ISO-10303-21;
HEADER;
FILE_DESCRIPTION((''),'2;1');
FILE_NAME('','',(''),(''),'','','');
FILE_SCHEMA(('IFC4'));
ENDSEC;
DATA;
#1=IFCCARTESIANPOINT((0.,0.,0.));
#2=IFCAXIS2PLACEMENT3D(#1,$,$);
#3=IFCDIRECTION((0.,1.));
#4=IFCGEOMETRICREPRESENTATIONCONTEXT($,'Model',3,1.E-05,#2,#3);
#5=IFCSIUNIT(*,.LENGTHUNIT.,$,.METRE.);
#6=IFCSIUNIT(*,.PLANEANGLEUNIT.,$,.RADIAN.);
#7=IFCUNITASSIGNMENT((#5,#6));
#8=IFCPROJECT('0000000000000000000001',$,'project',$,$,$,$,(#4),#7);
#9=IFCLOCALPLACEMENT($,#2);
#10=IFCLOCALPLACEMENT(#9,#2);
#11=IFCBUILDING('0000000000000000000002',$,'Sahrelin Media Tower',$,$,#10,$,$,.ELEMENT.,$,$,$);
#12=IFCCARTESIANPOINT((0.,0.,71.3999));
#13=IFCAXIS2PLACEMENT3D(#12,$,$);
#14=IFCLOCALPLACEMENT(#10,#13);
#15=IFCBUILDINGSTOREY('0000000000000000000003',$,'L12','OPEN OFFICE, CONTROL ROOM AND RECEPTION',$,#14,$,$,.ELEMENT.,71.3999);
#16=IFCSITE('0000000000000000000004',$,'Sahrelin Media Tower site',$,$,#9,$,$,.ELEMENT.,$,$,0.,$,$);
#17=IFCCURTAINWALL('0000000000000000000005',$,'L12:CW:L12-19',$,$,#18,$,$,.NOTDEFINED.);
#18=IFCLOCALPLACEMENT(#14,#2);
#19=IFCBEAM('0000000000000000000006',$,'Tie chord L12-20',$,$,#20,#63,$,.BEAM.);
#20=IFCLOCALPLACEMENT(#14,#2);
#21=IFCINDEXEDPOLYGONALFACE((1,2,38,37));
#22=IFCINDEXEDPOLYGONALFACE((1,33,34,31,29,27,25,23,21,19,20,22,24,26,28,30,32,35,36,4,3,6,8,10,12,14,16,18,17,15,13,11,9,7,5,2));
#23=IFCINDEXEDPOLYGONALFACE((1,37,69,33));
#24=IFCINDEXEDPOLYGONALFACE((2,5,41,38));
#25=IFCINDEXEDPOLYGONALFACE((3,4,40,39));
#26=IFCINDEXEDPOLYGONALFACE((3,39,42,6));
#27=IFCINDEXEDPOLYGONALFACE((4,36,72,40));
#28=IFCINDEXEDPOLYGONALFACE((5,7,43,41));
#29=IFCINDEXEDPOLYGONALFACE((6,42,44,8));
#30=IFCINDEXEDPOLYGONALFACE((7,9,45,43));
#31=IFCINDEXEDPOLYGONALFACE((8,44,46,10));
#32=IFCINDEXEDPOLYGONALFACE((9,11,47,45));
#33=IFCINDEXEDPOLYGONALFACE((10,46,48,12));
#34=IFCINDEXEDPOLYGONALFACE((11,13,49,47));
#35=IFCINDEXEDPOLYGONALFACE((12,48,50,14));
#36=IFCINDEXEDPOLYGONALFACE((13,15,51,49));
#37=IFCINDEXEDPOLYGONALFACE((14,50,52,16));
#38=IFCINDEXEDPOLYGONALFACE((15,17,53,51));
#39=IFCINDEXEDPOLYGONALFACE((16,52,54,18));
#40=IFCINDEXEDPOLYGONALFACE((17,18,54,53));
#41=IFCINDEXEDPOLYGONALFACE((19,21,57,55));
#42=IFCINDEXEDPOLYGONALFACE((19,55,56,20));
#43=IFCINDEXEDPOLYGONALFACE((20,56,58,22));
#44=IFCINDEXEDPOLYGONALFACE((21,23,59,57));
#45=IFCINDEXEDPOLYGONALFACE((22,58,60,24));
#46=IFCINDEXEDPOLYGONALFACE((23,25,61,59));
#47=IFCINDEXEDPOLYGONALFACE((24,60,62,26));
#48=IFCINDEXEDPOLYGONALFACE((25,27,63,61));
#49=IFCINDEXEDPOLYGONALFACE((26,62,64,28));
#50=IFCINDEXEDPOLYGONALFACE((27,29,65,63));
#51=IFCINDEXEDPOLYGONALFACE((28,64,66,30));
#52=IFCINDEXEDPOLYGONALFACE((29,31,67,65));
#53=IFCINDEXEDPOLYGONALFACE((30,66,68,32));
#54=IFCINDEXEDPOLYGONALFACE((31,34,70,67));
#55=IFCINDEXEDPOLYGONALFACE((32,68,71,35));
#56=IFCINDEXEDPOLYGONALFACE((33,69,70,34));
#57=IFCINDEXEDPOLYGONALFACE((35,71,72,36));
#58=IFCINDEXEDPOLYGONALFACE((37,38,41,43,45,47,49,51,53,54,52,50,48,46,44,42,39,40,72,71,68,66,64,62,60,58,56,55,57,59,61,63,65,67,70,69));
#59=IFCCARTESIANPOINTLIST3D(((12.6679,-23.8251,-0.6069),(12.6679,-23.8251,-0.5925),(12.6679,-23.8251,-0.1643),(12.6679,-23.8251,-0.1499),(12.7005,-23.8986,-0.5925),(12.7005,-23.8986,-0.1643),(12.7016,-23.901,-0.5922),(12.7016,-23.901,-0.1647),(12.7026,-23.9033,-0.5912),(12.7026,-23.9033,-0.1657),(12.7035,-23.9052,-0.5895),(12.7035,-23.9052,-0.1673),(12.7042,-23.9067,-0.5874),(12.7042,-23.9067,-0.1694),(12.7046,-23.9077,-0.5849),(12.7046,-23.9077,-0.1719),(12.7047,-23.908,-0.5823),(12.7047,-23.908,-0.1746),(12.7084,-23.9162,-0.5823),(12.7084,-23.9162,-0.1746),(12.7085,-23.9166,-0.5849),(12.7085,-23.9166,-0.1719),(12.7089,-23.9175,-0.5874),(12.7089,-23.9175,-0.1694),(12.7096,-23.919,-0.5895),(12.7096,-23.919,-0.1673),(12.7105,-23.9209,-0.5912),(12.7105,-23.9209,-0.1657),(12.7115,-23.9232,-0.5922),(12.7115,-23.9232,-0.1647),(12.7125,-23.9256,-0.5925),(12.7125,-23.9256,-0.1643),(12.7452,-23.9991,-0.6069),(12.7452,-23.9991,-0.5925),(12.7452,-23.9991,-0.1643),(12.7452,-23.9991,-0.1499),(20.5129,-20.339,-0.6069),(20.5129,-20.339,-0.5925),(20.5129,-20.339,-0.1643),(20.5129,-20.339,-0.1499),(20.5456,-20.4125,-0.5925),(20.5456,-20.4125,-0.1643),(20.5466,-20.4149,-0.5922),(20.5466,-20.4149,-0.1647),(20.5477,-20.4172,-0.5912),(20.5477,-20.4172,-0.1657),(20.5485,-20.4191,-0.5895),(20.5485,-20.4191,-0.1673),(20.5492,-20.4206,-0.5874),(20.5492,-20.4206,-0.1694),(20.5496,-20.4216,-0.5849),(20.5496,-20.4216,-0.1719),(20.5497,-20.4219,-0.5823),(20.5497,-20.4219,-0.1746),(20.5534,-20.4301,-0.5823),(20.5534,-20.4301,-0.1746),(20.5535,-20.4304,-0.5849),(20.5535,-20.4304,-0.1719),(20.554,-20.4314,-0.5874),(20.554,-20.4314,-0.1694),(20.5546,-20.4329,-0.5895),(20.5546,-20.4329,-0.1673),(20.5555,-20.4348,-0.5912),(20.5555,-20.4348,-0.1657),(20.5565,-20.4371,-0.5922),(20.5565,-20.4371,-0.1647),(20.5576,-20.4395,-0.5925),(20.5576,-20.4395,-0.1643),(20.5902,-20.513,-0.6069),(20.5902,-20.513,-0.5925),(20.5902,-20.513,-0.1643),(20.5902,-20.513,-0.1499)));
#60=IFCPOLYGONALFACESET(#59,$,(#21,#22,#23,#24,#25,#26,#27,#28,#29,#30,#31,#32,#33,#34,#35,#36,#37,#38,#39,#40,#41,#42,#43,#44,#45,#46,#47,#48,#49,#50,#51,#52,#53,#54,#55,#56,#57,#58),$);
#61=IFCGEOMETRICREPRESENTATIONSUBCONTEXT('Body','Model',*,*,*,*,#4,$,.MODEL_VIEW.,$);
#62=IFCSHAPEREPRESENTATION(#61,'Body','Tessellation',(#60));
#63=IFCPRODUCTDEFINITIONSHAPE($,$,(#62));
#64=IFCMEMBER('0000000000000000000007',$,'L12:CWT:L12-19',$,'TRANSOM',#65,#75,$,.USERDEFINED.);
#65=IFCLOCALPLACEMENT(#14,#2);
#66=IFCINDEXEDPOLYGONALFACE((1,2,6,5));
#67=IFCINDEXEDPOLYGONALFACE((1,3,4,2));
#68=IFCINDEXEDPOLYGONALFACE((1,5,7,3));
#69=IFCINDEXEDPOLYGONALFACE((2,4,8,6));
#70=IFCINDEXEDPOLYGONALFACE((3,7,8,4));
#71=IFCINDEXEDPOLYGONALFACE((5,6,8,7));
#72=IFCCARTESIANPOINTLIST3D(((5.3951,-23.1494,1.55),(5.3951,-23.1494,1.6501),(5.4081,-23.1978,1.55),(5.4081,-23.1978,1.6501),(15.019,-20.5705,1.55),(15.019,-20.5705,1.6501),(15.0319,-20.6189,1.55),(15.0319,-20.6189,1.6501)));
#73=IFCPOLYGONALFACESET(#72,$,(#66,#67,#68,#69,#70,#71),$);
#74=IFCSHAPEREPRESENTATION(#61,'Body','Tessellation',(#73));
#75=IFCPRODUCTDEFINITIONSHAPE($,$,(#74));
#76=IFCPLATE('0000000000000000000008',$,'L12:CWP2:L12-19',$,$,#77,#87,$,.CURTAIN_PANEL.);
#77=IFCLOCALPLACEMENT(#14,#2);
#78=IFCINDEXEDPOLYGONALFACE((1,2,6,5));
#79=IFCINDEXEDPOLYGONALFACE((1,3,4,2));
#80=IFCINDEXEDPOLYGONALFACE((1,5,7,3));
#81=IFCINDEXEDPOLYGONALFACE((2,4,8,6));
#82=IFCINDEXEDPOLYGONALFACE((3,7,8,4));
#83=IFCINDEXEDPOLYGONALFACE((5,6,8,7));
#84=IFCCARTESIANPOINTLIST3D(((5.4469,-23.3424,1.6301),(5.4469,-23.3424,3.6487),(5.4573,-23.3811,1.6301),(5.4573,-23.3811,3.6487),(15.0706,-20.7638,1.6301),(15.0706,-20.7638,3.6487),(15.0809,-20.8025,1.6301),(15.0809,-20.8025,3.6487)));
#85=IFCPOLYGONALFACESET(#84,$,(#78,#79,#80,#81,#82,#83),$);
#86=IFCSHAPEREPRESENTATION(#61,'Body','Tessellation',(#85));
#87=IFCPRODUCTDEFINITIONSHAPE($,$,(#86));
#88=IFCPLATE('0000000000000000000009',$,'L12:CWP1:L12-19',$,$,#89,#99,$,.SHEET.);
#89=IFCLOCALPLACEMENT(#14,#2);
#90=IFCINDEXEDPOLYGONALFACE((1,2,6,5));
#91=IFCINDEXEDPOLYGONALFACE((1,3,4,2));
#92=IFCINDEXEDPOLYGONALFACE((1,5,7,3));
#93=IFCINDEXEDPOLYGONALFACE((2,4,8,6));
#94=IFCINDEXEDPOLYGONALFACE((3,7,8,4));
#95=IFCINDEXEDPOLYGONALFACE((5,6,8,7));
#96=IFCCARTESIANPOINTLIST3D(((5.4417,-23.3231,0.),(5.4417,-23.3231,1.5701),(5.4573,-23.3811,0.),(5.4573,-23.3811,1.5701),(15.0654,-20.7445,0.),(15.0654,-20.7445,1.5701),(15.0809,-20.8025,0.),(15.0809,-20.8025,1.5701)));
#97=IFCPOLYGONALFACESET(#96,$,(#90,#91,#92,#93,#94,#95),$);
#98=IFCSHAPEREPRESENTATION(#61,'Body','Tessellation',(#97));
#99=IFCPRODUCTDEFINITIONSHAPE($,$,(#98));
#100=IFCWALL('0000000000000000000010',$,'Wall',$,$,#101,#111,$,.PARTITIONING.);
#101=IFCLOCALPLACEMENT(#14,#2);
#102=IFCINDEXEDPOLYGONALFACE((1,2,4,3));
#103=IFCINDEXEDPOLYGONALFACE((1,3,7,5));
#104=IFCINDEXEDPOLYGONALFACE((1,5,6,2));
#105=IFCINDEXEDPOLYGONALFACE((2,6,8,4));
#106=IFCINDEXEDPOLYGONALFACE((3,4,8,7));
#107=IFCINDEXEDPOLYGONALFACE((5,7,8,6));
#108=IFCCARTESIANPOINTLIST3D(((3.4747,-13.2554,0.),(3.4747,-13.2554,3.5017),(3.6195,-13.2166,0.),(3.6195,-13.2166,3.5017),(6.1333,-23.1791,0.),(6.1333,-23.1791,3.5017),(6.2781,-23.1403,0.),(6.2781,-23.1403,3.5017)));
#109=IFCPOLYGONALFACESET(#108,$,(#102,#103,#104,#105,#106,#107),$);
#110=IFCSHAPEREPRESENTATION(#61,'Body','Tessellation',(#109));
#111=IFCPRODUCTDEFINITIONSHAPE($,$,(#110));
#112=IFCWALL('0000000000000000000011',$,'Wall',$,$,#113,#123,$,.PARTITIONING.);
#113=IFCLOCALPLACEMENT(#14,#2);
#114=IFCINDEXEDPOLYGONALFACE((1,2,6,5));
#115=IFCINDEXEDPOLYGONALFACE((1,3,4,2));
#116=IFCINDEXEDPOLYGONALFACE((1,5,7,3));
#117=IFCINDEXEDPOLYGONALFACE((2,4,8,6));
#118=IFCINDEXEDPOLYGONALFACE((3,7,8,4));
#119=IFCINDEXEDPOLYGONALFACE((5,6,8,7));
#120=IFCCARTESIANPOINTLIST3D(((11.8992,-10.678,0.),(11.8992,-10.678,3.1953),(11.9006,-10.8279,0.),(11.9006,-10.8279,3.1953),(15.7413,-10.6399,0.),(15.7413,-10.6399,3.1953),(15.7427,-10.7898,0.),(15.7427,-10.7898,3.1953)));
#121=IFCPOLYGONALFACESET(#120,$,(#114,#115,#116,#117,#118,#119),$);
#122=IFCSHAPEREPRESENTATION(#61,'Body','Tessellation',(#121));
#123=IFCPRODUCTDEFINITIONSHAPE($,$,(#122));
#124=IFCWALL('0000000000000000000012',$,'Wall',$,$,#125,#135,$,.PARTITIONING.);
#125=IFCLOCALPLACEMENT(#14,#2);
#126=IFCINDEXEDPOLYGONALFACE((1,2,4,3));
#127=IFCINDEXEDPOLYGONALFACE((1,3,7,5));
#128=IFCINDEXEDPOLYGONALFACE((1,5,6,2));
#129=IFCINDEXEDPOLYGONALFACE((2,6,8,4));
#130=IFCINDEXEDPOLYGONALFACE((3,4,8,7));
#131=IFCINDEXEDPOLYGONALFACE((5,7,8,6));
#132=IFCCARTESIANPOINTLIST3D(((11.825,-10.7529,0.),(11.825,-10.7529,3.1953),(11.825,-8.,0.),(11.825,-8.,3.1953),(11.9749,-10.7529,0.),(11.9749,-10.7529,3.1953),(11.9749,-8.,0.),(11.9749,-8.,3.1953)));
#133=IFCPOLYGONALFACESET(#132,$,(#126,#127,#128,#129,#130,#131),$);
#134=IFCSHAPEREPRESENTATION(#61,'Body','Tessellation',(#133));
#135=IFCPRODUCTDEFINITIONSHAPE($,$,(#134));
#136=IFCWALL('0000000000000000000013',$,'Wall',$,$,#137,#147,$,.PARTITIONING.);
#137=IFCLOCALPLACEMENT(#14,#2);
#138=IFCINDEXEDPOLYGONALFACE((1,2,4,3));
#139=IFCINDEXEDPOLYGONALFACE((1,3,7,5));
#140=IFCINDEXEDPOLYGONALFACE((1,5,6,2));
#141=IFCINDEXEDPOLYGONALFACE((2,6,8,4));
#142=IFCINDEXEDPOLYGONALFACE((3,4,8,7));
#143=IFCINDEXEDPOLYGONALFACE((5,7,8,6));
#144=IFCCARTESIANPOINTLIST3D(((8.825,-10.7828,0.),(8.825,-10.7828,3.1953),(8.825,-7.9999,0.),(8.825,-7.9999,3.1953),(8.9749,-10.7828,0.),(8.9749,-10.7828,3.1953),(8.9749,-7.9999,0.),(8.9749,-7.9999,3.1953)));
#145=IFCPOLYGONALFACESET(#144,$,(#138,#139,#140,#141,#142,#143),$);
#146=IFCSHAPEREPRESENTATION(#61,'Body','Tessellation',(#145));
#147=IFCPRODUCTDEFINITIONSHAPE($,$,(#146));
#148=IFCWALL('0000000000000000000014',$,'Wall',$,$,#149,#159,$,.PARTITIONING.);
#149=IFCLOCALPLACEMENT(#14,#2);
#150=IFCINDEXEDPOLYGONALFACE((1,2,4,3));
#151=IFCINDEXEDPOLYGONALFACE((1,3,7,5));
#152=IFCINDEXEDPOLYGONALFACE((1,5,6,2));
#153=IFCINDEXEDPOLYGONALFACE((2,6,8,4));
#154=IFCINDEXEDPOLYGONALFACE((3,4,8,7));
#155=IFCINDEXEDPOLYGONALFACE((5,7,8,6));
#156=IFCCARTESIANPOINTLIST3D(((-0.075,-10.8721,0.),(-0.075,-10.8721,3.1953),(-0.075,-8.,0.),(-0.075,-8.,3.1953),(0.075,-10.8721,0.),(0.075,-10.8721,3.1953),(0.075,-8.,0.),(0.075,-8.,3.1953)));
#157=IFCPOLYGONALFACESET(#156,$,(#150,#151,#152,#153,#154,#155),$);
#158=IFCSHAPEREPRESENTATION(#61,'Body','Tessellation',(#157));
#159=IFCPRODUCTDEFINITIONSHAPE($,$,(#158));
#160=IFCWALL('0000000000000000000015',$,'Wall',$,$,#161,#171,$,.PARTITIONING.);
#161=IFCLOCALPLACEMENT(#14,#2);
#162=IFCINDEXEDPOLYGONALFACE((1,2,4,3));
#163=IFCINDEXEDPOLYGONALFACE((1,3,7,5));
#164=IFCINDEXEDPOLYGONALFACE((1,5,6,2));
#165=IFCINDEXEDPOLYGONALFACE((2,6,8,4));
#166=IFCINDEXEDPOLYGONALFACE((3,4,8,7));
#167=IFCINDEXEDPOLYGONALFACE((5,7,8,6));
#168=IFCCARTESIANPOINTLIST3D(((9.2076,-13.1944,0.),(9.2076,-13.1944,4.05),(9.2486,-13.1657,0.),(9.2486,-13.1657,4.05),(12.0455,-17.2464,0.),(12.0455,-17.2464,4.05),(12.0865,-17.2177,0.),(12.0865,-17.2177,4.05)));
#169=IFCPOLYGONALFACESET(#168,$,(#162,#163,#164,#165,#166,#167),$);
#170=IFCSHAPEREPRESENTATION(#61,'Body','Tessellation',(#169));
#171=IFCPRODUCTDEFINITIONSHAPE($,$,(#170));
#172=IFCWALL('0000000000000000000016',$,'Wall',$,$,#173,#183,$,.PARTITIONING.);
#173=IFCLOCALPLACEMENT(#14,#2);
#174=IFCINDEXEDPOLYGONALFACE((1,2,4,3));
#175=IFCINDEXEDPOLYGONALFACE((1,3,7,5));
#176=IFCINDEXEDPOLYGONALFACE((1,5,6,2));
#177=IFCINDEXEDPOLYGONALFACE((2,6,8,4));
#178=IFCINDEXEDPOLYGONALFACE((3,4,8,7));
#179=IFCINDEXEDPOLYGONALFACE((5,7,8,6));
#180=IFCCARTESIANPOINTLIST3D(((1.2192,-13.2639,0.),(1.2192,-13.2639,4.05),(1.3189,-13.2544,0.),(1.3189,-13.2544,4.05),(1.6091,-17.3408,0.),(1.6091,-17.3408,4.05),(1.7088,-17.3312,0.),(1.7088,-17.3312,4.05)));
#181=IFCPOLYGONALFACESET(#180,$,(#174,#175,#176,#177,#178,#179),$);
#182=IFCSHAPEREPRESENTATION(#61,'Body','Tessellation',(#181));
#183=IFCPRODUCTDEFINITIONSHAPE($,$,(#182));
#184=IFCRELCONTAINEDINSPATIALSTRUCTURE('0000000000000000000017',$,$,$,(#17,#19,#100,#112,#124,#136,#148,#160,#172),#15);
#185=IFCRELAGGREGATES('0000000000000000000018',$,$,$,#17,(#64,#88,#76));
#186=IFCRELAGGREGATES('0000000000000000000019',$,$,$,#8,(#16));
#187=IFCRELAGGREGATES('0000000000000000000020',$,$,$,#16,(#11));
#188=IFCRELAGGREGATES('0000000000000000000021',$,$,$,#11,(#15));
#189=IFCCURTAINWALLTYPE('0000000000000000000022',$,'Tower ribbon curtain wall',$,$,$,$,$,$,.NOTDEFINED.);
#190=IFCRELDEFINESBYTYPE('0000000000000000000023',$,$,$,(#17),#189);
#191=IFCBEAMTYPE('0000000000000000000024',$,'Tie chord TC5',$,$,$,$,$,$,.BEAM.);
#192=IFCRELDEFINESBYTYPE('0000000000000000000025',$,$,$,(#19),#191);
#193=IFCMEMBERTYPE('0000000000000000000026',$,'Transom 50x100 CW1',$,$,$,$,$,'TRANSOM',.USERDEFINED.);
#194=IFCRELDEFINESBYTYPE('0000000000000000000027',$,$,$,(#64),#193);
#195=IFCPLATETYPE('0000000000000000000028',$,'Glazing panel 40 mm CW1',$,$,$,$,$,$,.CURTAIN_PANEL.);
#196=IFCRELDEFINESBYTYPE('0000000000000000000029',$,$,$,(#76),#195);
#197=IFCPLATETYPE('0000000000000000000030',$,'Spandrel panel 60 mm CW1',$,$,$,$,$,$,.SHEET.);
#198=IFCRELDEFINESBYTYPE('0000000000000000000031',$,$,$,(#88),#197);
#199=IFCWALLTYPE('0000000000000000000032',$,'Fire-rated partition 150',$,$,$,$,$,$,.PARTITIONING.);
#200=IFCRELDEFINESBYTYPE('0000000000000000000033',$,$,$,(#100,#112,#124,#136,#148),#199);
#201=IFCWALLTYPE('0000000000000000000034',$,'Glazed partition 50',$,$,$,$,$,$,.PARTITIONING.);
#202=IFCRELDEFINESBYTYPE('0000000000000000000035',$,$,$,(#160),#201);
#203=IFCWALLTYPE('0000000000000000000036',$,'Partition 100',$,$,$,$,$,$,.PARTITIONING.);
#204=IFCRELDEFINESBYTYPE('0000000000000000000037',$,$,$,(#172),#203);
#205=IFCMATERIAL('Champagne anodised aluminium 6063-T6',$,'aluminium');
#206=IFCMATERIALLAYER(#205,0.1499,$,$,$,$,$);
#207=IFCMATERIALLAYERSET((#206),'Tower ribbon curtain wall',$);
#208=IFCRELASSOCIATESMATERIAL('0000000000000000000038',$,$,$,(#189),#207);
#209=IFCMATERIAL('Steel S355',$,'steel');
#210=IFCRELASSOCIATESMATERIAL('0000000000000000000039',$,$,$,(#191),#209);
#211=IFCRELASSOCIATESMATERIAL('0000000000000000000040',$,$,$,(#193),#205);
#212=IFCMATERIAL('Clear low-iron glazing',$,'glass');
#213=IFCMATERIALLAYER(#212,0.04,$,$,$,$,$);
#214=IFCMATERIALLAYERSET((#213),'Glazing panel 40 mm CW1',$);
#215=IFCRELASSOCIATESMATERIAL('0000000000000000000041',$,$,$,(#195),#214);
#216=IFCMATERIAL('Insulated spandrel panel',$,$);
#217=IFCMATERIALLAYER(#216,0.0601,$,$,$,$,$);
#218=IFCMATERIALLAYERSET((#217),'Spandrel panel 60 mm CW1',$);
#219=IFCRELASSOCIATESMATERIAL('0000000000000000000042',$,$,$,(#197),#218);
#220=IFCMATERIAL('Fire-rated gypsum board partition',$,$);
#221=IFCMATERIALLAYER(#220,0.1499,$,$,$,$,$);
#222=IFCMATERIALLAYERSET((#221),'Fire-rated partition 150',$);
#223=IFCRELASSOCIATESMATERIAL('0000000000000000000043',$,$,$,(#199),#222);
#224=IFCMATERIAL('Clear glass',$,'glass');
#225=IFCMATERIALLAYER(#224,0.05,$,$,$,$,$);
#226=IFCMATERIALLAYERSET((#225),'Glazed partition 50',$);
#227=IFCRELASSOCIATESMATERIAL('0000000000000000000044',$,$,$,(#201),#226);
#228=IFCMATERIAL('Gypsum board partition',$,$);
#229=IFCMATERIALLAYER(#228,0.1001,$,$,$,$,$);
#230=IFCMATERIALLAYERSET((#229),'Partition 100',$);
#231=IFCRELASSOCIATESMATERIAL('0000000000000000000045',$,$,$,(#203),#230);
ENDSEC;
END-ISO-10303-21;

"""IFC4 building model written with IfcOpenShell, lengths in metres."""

from ifc_helpers import new_model, si_unit, direction, frame, frame_2d, origin, origin_2d, place, context, subcontext, project, spatial, polyline, rectangle, i_section, outline, extrude, material, layer, layer_set, material_profile, profile_set, type_object, element, aggregate, save


model = new_model("IFC4")

# Units and contexts
model_context = context("Model", 3, precision=1e-05, world=origin(), true_north=direction((0.0, 1.0)))
body_context = subcontext(model_context, "Body", "Model", "MODEL_VIEW")
ifc_project = project(units=[si_unit("LENGTHUNIT", "METRE"), si_unit("PLANEANGLEUNIT", "RADIAN")], contexts=[model_context])

# Site, building, storey
site_placement = place(None, origin())
site = spatial("IfcSite", under=ifc_project, at=site_placement, Name="Sahrelin Media Tower site", CompositionType="ELEMENT", RefElevation=0.0)
building_placement = place(site_placement, origin())
building = spatial("IfcBuilding", under=site, at=building_placement, Name="Sahrelin Media Tower", CompositionType="ELEMENT")
storey_placement = place(building_placement, frame((0.0, 0.0, 71.3999)))
storey = spatial("IfcBuildingStorey", under=building, at=storey_placement, Name="L12", Description="OPEN OFFICE, CONTROL ROOM AND RECEPTION", CompositionType="ELEMENT", Elevation=71.3999)

# Shared definitions
ifc_material_1 = material(Name="Steel S355", Category="steel")

# Curtain wall
ifc_material_2 = material(Name="Champagne anodised aluminium 6063-T6", Category="aluminium")
ifc_layer_1 = layer(ifc_material_2, 0.1499)
ifc_layer_set_1 = layer_set([ifc_layer_1], Name="Tower ribbon curtain wall")
curtain_wall_type = type_object("IfcCurtainWallType", Name="Tower ribbon curtain wall", PredefinedType="NOTDEFINED", material=ifc_layer_set_1)
curtain_wall_1_placement = place(storey_placement, frame((10.2639, -22.0725, 0.0), z_axis=(0.0, 0.0, 1.0), x_axis=(1.0, 0.0, 0.0)))
curtain_wall_1 = element("IfcCurtainWall", 1, at=curtain_wall_1_placement, inside=storey, type_object=curtain_wall_type, Name="L12:CW:L12-19", PredefinedType="NOTDEFINED")

# Beam
ifc_material_profile_1 = material_profile(ifc_material_1, i_section(OverallWidth=0.1904, OverallDepth=0.457, WebThickness=0.009, FlangeThickness=0.0144, FilletRadius=0.0103, at=origin_2d()), Name="UB 457x191x74")
ifc_profile_set_1 = profile_set([ifc_material_profile_1], Name="Steel S355")
beam_type_1 = type_object("IfcBeamType", Name="Tie chord TC5", PredefinedType="BEAM", material=ifc_profile_set_1)
beam_1_placement = place(storey_placement, frame((12.7065, -23.9121, -0.3784), z_axis=(0.913836, 0.406083, 0.0), x_axis=(-0.406083, 0.913836, 0.0)))
element("IfcBeam", 2, at=beam_1_placement, inside=storey, type_object=beam_type_1, Name="Tie chord L12-20", PredefinedType="BEAM", context=body_context, shape_type="SweptSolid", body=[
    extrude(i_section(OverallWidth=0.1904, OverallDepth=0.457, WebThickness=0.009, FlangeThickness=0.0144, FilletRadius=0.0103, at=origin_2d()), origin(), (0.0, 0.0, 1.0), 8.5847),
])

# Member
ifc_material_profile_2 = material_profile(ifc_material_2, rectangle(XDim=0.05, YDim=0.1001, at=origin_2d()), Name="Transom 50x100")
ifc_profile_set_2 = profile_set([ifc_material_profile_2], Name="Champagne anodised aluminium 6063-T6")
member_type_1 = type_object("IfcMemberType", Name="Transom 50x100 CW1", ElementType="TRANSOM", PredefinedType="USERDEFINED", material=ifc_profile_set_2)
member_1_placement = place(storey_placement, frame((5.4016, -23.1736, 1.6001), z_axis=(0.965921, 0.258835, 0.0), x_axis=(-0.258835, 0.965921, 0.0)))
member_1 = element("IfcMember", 3, at=member_1_placement, type_object=member_type_1, Name="L12:CWT:L12-19", ObjectType="TRANSOM", PredefinedType="USERDEFINED", context=body_context, shape_type="SweptSolid", body=[
    extrude(rectangle(XDim=0.05, YDim=0.1001, at=origin_2d()), origin(), (0.0, 0.0, 1.0), 9.9634),
])

# Plates
ifc_material_3 = material(Name="Clear low-iron glazing", Category="glass")
ifc_layer_2 = layer(ifc_material_3, 0.04)
ifc_layer_set_2 = layer_set([ifc_layer_2], Name="Glazing panel 40 mm CW1")
plate_type_1 = type_object("IfcPlateType", Name="Glazing panel 40 mm CW1", PredefinedType="CURTAIN_PANEL", material=ifc_layer_set_2)
plate_1_placement = place(storey_placement, frame((5.4573, -23.3811, 1.6301), z_axis=(0.258812, -0.965928, 0.0), x_axis=(0.965928, 0.258812, 0.0)))
plate_1 = element("IfcPlate", 4, at=plate_1_placement, type_object=plate_type_1, Name="L12:CWP2:L12-19", PredefinedType="CURTAIN_PANEL", context=body_context, shape_type="SweptSolid", body=[
    extrude(outline(polyline([(0.0, 0.0), (9.9631, 0.0), (9.9631, 2.0186), (0.0, 2.0186), (0.0, 0.0)])), origin(), (0.0, 0.0, -1.0), 0.04),
])
ifc_material_4 = material(Name="Insulated spandrel panel")
ifc_layer_3 = layer(ifc_material_4, 0.0601)
ifc_layer_set_3 = layer_set([ifc_layer_3], Name="Spandrel panel 60 mm CW1")
plate_type_2 = type_object("IfcPlateType", Name="Spandrel panel 60 mm CW1", PredefinedType="SHEET", material=ifc_layer_set_3)
plate_2_placement = place(storey_placement, frame((5.4573, -23.3811, 0.0), z_axis=(0.258812, -0.965928, 0.0), x_axis=(0.965928, 0.258812, 0.0)))
plate_2 = element("IfcPlate", 5, at=plate_2_placement, type_object=plate_type_2, Name="L12:CWP1:L12-19", PredefinedType="SHEET", context=body_context, shape_type="SweptSolid", body=[
    extrude(outline(polyline([(0.0, 0.0), (9.9631, 0.0), (9.9631, 1.5701), (0.0, 1.5701), (0.0, 0.0)])), origin(), (0.0, 0.0, -1.0), 0.0601),
])
aggregate(curtain_wall_1, [member_1, plate_2, plate_1])

# Walls
ifc_material_5 = material(Name="Fire-rated gypsum board partition")
ifc_layer_4 = layer(ifc_material_5, 0.1499)
ifc_layer_set_4 = layer_set([ifc_layer_4], Name="Fire-rated partition 150")
wall_type_1 = type_object("IfcWallType", Name="Fire-rated partition 150", PredefinedType="PARTITIONING", material=ifc_layer_set_4)
wall_1_placement = place(storey_placement, frame((3.5471, -13.2361, 0.0), z_axis=(0.0, 0.0, 1.0), x_axis=(0.258784, -0.965935, 0.0)))
element("IfcWall", 6, at=wall_1_placement, inside=storey, type_object=wall_type_1, Name="Wall", PredefinedType="PARTITIONING", context=body_context, shape_type="SweptSolid", body=[
    extrude(rectangle(XDim=10.2737, YDim=0.1499, at=frame_2d((5.1367, 0.0))), origin(), (0.0, 0.0, 1.0), 3.5017),
])
wall_2_placement = place(storey_placement, frame((11.8999, -10.7529, 0.0), z_axis=(0.0, 0.0, 1.0), x_axis=(0.999951, 0.009912, 0.0)))
element("IfcWall", 7, at=wall_2_placement, inside=storey, type_object=wall_type_1, Name="Wall", PredefinedType="PARTITIONING", context=body_context, shape_type="SweptSolid", body=[
    extrude(rectangle(XDim=3.8423, YDim=0.1499, at=frame_2d((1.9211, 0.0))), origin(), (0.0, 0.0, 1.0), 3.1953),
])
wall_3_placement = place(storey_placement, frame((11.8999, -10.7529, 0.0), z_axis=(0.0, 0.0, 1.0), x_axis=(0.0, 1.0, 0.0)))
element("IfcWall", 8, at=wall_3_placement, inside=storey, type_object=wall_type_1, Name="Wall", PredefinedType="PARTITIONING", context=body_context, shape_type="SweptSolid", body=[
    extrude(rectangle(XDim=2.7529, YDim=0.1499, at=frame_2d((1.3765, 0.0))), origin(), (0.0, 0.0, 1.0), 3.1953),
])
wall_4_placement = place(storey_placement, frame((8.8999, -10.783, 0.0), z_axis=(0.0, 0.0, 1.0), x_axis=(0.0, 1.0, 0.0)))
element("IfcWall", 9, at=wall_4_placement, inside=storey, type_object=wall_type_1, Name="Wall", PredefinedType="PARTITIONING", context=body_context, shape_type="SweptSolid", body=[
    extrude(rectangle(XDim=2.783, YDim=0.1499, at=frame_2d((1.3916, 0.0))), origin(), (0.0, 0.0, 1.0), 3.1953),
])
wall_5_placement = place(storey_placement, frame((0.0, -10.8721, 0.0), z_axis=(0.0, 0.0, 1.0), x_axis=(0.0, 1.0, 0.0)))
element("IfcWall", 10, at=wall_5_placement, inside=storey, type_object=wall_type_1, Name="Wall", PredefinedType="PARTITIONING", context=body_context, shape_type="SweptSolid", body=[
    extrude(rectangle(XDim=2.8721, YDim=0.1499, at=frame_2d((1.436, 0.0))), origin(), (0.0, 0.0, 1.0), 3.1953),
])
ifc_material_6 = material(Name="Clear glass", Category="glass")
ifc_layer_5 = layer(ifc_material_6, 0.05)
ifc_layer_set_5 = layer_set([ifc_layer_5], Name="Glazed partition 50")
wall_type_2 = type_object("IfcWallType", Name="Glazed partition 50", PredefinedType="PARTITIONING", material=ifc_layer_set_5)
wall_6_placement = place(storey_placement, frame((9.228, -13.1799, 0.0), z_axis=(0.0, 0.0, 1.0), x_axis=(0.573664, -0.81909, 0.0)))
element("IfcWall", 11, at=wall_6_placement, inside=storey, type_object=wall_type_2, Name="Wall", PredefinedType="PARTITIONING", context=body_context, shape_type="SweptSolid", body=[
    extrude(rectangle(XDim=4.947, YDim=0.05, at=frame_2d((2.4736, 0.0))), origin(), (0.0, 0.0, 1.0), 4.05),
])

# Wall
ifc_material_7 = material(Name="Gypsum board partition")
ifc_layer_6 = layer(ifc_material_7, 0.1001)
ifc_layer_set_6 = layer_set([ifc_layer_6], Name="Partition 100")
wall_type_3 = type_object("IfcWallType", Name="Partition 100", PredefinedType="PARTITIONING", material=ifc_layer_set_6)
wall_7_placement = place(storey_placement, frame((1.269, -13.259, 0.0), z_axis=(0.0, 0.0, 1.0), x_axis=(0.0952, -0.995458, 0.0)))
element("IfcWall", 12, at=wall_7_placement, inside=storey, type_object=wall_type_3, Name="Wall", PredefinedType="PARTITIONING", context=body_context, shape_type="SweptSolid", body=[
    extrude(rectangle(XDim=4.0955, YDim=0.1001, at=frame_2d((2.0479, 0.0))), origin(), (0.0, 0.0, 1.0), 4.05),
])

save(model, "model.ifc")
